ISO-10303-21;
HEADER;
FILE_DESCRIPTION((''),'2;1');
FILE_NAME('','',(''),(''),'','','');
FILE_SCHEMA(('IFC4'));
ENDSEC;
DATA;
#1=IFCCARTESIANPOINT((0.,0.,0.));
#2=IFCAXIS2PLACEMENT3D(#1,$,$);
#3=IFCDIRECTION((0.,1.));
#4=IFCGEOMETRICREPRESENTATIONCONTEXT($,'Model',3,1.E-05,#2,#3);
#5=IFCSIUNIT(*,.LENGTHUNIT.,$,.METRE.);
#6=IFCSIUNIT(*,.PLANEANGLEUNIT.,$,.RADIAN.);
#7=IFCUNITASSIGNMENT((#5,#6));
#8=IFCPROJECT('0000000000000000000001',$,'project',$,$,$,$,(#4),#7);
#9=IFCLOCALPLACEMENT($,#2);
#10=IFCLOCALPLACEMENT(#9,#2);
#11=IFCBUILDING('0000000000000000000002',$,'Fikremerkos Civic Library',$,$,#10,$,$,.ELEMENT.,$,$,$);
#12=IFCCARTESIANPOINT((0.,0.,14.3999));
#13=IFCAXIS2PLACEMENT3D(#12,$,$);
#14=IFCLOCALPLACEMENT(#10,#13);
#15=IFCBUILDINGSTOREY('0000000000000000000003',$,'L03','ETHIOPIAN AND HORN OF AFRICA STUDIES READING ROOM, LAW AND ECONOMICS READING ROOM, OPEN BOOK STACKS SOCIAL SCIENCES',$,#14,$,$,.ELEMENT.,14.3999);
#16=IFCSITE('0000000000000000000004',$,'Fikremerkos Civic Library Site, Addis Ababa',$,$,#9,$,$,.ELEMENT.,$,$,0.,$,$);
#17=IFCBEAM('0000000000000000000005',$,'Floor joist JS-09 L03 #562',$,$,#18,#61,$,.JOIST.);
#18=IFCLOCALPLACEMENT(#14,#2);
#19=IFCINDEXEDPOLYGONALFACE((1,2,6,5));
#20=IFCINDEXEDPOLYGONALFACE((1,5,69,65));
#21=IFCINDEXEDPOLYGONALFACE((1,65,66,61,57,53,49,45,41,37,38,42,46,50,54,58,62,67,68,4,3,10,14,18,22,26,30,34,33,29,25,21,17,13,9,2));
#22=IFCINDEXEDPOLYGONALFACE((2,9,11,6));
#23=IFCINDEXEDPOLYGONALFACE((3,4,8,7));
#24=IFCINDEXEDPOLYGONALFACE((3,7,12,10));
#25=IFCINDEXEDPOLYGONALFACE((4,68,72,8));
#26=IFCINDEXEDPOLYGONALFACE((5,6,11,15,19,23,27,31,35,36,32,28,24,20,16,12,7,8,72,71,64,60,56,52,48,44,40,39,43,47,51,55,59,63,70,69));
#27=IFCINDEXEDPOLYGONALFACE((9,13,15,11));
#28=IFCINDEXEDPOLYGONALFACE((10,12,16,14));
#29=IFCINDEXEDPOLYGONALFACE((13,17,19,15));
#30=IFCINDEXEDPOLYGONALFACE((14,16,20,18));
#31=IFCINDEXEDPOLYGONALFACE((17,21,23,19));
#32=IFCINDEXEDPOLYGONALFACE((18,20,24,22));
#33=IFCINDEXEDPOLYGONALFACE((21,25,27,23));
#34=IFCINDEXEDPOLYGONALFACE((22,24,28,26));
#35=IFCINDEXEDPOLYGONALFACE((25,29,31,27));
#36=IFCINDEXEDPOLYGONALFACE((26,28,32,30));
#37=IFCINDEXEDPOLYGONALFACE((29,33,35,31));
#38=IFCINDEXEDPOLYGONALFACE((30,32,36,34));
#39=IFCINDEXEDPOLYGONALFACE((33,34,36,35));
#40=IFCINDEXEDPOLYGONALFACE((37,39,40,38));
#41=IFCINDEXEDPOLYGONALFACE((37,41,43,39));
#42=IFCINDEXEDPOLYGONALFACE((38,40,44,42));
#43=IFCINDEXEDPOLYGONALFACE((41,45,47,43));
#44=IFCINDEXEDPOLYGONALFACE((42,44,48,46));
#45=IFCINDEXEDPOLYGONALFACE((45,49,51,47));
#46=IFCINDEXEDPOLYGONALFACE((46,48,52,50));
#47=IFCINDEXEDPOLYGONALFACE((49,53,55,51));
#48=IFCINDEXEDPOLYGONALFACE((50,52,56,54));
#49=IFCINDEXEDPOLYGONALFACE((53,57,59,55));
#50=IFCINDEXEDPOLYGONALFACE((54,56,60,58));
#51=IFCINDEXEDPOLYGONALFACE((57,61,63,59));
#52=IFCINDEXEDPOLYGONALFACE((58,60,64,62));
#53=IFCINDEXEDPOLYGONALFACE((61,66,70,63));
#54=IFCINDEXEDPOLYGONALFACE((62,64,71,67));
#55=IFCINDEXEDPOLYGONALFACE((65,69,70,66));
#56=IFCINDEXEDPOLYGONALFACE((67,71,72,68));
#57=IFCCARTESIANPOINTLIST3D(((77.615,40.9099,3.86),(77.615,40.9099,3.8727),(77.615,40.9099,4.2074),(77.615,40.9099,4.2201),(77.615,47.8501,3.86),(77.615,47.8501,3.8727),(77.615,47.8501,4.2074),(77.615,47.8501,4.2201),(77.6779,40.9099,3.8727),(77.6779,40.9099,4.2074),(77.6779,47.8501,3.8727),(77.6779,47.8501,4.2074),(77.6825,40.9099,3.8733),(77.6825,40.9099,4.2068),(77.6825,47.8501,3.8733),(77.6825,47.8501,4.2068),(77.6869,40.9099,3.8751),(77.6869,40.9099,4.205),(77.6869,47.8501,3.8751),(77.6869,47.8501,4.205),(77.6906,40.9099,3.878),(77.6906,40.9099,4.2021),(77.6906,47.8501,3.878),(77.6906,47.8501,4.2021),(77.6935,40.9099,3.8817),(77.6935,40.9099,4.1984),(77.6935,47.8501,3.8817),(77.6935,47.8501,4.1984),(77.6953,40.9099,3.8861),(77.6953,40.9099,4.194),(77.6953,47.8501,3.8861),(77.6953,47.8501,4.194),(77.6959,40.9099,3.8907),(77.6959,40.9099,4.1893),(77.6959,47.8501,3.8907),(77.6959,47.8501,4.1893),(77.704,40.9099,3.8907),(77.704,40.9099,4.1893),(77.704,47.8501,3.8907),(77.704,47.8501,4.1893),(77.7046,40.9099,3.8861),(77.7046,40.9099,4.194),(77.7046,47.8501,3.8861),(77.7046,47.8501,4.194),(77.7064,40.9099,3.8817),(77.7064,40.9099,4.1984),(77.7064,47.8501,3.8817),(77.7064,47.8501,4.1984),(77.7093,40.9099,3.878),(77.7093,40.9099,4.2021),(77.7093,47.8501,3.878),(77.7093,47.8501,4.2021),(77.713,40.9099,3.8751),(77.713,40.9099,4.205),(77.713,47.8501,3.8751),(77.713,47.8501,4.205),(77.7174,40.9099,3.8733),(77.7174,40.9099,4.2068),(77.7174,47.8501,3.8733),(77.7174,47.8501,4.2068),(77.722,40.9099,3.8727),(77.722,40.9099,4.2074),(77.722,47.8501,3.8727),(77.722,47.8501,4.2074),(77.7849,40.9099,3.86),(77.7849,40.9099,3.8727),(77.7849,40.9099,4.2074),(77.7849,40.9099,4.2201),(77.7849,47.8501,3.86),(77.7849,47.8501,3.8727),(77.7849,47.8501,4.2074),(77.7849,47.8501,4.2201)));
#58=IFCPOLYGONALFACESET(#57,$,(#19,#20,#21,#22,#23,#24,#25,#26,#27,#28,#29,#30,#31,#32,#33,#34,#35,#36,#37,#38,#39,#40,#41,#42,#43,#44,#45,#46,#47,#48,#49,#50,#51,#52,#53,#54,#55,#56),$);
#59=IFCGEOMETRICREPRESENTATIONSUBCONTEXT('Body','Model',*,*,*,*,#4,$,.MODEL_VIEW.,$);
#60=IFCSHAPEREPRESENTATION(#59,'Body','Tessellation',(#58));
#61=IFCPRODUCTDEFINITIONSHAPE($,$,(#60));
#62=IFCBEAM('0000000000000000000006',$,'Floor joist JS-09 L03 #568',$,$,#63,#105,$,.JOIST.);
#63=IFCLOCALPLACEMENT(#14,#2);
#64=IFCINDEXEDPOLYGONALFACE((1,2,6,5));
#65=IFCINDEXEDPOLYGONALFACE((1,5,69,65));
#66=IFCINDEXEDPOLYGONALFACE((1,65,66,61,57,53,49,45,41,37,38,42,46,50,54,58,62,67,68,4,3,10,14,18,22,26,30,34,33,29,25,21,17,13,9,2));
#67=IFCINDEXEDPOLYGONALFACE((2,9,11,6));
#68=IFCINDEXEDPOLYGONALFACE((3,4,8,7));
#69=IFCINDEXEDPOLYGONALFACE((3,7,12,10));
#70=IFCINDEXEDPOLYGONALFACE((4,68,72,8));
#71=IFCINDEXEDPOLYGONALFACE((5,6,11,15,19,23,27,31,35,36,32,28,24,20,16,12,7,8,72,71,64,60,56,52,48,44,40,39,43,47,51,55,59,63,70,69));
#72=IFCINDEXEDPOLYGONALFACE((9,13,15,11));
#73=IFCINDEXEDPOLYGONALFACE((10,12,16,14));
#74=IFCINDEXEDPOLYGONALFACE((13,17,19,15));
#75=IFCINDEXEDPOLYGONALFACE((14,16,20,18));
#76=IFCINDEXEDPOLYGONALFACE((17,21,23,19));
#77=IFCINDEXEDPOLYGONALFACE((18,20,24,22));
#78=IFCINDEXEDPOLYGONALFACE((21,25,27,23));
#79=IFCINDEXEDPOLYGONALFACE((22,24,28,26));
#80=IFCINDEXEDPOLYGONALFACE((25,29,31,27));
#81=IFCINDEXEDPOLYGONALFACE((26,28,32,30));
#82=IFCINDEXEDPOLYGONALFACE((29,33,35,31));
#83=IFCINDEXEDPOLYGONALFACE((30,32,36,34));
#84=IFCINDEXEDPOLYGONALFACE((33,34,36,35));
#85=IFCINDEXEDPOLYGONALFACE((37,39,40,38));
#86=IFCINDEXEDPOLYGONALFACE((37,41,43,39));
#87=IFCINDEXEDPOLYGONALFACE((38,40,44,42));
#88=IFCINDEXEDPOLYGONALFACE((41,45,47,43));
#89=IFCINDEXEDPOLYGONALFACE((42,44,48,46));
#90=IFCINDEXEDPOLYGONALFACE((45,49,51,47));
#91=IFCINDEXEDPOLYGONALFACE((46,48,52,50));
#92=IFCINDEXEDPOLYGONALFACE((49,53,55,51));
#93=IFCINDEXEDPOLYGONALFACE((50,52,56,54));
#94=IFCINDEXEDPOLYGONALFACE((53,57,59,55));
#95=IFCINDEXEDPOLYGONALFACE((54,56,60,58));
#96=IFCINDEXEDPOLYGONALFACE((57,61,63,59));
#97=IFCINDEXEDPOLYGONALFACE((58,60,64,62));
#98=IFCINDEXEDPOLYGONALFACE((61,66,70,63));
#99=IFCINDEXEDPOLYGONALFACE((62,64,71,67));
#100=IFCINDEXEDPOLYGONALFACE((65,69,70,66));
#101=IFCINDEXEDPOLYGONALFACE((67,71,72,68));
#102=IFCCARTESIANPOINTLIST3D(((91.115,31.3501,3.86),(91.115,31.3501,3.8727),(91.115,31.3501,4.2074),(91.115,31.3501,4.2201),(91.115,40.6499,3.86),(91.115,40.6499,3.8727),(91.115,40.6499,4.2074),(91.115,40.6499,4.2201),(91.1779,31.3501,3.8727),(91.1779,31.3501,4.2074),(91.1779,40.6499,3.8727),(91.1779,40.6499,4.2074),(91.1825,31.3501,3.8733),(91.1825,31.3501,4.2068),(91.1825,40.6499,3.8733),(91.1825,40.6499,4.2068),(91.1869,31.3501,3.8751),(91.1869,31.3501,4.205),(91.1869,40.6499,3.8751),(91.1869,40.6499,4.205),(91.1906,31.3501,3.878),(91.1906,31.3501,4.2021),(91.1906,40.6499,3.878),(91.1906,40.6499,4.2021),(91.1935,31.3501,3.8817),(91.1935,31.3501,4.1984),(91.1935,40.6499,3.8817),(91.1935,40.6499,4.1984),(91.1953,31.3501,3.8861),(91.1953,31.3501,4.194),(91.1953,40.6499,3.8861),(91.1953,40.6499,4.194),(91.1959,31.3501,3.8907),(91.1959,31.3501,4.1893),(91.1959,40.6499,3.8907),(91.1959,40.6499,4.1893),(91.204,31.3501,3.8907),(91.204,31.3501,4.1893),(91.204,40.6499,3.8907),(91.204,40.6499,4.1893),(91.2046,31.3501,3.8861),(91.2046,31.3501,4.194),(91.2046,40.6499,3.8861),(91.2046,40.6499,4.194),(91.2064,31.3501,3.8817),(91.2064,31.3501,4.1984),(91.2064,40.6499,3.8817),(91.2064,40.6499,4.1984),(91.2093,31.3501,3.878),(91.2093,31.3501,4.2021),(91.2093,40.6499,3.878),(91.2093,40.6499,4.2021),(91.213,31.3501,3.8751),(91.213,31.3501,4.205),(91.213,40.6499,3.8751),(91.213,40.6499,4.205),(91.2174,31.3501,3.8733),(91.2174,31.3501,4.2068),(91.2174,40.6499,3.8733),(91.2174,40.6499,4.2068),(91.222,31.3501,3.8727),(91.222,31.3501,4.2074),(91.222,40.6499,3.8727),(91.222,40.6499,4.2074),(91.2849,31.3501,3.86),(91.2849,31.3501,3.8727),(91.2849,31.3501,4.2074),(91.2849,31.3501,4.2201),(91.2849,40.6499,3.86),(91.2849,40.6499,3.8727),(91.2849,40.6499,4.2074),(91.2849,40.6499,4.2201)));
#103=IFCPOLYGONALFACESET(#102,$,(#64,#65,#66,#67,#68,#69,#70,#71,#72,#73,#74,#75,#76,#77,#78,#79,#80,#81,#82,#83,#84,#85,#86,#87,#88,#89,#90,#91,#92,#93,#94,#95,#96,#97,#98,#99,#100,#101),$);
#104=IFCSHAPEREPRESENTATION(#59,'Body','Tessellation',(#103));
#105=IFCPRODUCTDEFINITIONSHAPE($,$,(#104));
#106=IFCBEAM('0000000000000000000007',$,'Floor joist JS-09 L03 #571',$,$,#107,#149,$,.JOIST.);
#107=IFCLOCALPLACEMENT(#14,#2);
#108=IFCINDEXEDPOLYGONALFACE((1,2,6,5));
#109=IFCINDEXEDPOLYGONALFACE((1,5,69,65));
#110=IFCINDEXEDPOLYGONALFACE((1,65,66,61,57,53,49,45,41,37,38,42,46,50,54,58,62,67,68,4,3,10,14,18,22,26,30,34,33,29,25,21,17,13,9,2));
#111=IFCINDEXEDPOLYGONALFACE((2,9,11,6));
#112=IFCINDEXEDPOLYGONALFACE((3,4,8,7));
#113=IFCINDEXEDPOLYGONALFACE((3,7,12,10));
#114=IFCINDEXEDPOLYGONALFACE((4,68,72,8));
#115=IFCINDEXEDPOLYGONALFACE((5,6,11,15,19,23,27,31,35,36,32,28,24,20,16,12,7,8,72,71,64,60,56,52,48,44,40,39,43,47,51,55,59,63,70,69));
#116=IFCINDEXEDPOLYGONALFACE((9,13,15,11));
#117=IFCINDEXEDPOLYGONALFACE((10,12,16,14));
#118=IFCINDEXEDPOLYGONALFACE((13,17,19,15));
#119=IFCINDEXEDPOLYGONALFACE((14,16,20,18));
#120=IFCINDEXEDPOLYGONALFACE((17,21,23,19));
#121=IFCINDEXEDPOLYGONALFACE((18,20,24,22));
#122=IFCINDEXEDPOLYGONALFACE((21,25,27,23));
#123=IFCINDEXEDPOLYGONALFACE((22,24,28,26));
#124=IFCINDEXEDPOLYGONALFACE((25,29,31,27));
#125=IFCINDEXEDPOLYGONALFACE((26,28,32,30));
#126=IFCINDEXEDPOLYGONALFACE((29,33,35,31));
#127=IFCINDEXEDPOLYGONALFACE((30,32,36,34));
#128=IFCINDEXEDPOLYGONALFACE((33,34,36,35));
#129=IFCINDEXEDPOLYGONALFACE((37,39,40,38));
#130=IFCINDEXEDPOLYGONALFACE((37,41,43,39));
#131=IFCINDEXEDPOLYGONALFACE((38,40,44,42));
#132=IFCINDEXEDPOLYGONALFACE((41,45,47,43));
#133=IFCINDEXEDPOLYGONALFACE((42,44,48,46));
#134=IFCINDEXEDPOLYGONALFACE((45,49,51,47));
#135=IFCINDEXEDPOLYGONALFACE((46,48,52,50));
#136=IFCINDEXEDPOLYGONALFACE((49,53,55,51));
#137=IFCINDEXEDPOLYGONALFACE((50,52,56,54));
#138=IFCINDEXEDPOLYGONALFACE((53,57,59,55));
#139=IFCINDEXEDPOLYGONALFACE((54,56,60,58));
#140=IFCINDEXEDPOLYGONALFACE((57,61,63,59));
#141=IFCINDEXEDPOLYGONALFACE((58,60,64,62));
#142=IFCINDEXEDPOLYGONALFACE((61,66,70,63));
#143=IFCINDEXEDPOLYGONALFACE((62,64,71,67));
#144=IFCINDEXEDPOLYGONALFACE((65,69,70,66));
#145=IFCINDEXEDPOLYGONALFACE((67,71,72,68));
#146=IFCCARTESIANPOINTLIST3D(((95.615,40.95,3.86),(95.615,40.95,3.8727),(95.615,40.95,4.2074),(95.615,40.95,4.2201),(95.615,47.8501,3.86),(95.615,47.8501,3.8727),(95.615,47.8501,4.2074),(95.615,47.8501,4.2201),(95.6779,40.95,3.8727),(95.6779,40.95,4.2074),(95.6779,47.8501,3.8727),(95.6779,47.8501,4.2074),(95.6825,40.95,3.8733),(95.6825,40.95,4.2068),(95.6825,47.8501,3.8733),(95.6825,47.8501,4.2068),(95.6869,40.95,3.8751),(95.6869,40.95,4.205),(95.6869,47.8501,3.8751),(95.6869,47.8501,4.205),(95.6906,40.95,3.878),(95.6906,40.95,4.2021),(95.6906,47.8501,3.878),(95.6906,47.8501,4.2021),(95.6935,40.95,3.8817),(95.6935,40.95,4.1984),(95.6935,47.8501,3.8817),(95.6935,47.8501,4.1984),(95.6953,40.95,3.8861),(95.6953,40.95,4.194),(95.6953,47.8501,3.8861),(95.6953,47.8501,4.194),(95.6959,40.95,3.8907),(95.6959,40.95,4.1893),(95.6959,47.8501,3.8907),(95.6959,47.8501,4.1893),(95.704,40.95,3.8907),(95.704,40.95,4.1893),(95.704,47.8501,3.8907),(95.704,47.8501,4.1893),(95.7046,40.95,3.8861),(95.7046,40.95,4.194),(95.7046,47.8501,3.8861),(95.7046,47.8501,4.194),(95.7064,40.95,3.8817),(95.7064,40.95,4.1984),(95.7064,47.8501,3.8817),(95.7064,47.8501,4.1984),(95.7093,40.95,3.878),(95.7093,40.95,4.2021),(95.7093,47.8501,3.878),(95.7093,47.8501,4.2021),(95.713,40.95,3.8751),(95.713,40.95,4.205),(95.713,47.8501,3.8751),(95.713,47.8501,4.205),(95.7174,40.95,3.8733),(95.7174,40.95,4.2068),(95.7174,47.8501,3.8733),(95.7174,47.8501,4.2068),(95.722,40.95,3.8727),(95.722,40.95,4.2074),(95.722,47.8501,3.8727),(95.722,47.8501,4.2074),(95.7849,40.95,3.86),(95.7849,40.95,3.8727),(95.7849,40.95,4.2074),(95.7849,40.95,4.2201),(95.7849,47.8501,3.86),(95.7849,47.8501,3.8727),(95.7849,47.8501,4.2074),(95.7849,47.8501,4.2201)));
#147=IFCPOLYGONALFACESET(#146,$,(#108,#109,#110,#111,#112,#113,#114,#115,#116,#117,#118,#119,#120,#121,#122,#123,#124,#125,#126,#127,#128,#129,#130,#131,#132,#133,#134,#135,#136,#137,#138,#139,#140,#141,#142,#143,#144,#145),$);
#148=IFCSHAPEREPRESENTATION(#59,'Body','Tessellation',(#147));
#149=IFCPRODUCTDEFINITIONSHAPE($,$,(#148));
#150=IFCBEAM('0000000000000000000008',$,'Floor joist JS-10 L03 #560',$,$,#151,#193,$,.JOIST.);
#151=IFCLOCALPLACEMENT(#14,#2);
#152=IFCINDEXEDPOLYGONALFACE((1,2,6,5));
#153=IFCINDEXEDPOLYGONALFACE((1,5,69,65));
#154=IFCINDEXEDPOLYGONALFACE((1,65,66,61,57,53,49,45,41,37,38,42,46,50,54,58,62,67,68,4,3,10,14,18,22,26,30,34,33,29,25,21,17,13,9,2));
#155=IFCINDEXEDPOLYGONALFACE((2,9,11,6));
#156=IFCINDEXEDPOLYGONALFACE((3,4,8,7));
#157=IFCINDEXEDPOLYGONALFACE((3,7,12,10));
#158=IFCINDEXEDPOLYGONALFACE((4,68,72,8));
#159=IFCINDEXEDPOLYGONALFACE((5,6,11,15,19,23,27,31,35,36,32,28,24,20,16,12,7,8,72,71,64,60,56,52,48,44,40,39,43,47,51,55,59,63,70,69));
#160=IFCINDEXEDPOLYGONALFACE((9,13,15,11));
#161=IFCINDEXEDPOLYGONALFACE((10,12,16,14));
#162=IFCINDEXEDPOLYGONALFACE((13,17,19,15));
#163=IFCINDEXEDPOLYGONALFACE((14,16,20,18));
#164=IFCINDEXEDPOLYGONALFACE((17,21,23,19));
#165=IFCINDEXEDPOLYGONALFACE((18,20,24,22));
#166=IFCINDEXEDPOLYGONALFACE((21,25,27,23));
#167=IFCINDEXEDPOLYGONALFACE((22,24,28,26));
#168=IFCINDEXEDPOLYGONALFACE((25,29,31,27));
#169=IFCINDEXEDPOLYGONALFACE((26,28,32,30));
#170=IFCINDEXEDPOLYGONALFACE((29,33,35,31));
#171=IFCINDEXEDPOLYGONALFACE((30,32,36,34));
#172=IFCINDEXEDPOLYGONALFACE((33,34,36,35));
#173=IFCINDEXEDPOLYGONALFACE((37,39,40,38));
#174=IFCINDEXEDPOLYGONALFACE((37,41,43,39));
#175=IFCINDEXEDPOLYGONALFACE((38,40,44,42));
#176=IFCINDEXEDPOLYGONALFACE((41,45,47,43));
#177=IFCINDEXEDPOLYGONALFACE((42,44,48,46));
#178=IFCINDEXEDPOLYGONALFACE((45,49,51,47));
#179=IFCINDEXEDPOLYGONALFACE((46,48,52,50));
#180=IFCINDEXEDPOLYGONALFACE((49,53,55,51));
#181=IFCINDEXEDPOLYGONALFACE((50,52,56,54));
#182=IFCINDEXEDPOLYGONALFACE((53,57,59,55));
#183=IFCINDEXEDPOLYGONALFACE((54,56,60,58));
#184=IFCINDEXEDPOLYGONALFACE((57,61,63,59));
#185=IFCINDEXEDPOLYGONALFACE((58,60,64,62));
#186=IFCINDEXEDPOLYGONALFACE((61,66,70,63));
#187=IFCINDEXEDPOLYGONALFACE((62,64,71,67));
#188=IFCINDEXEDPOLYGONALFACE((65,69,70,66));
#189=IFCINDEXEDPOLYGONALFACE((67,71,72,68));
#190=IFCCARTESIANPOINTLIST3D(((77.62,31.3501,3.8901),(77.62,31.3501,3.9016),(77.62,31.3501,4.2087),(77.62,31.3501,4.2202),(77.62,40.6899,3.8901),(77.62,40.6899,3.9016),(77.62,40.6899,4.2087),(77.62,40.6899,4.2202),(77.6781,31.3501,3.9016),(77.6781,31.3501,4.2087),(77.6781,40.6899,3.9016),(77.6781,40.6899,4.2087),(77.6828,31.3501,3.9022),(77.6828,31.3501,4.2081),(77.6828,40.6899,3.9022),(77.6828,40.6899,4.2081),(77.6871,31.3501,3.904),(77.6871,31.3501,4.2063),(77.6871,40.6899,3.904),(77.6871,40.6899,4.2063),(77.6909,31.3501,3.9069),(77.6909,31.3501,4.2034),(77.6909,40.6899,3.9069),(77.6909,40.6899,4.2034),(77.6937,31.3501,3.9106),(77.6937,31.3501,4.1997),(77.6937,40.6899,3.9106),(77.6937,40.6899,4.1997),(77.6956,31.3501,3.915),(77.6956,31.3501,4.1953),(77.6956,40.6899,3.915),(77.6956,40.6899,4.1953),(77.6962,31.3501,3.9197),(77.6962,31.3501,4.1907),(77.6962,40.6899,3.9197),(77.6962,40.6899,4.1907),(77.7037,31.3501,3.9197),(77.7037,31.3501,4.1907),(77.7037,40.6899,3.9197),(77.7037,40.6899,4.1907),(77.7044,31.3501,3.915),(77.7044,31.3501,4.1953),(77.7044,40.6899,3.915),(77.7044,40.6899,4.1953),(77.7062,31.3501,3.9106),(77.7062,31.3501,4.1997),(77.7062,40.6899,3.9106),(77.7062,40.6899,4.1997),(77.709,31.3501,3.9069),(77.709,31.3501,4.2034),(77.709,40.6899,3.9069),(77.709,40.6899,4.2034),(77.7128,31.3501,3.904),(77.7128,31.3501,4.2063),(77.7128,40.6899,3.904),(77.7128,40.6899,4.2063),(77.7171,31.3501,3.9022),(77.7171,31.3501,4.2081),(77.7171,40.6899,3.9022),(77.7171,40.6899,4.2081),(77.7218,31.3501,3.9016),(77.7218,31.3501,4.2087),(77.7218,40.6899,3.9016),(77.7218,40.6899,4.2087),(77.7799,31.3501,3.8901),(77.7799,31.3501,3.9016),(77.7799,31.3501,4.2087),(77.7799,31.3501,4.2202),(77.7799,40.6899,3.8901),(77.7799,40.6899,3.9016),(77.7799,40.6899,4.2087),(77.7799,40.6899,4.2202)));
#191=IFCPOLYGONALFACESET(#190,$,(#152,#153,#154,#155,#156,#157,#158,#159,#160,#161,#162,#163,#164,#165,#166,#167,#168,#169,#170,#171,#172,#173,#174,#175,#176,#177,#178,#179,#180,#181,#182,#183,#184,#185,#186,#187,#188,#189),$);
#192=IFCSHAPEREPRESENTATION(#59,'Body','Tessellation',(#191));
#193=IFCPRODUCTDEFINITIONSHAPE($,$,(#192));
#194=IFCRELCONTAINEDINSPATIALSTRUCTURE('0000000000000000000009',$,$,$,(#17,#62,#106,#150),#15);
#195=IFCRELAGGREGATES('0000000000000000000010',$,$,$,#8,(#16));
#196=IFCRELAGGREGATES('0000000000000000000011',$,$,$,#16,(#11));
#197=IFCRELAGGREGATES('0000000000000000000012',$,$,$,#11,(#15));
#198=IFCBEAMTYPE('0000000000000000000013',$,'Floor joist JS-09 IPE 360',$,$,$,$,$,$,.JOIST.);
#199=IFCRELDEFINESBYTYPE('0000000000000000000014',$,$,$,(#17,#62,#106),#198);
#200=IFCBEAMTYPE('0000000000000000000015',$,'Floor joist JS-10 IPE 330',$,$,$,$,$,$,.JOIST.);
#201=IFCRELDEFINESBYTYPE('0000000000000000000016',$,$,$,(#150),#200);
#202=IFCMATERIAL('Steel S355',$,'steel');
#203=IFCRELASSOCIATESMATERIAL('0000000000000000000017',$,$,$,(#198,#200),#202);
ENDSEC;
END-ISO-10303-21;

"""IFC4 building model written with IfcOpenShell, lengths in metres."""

from ifc_helpers import new_model, si_unit, direction, frame, origin, origin_2d, place, context, subcontext, project, spatial, i_section, extrude, material, material_profile, profile_set, type_object, element, save


model = new_model("IFC4")

# Units and contexts
model_context = context("Model", 3, precision=1e-05, world=origin(), true_north=direction((0.0, 1.0)))
body_context = subcontext(model_context, "Body", "Model", "MODEL_VIEW")
ifc_project = project(units=[si_unit("LENGTHUNIT", "METRE"), si_unit("PLANEANGLEUNIT", "RADIAN")], contexts=[model_context])

# Site, building, storey
site_placement = place(None, origin())
site = spatial("IfcSite", under=ifc_project, at=site_placement, Name="Fikremerkos Civic Library Site, Addis Ababa", CompositionType="ELEMENT", RefElevation=0.0)
building_placement = place(site_placement, origin())
building = spatial("IfcBuilding", under=site, at=building_placement, Name="Fikremerkos Civic Library", CompositionType="ELEMENT")
storey_placement = place(building_placement, frame((0.0, 0.0, 14.3999)))
storey = spatial("IfcBuildingStorey", under=building, at=storey_placement, Name="L03", Description="ETHIOPIAN AND HORN OF AFRICA STUDIES READING ROOM, LAW AND ECONOMICS READING ROOM, OPEN BOOK STACKS SOCIAL SCIENCES", CompositionType="ELEMENT", Elevation=14.3999)

# Shared definitions
ifc_material_1 = material(Name="Steel S355", Category="steel")

# Beams
ifc_material_profile_1 = material_profile(ifc_material_1, i_section(OverallWidth=0.1699, OverallDepth=0.3601, WebThickness=0.0081, FlangeThickness=0.0127, FilletRadius=0.0181, at=origin_2d()), Name="IPE 360")
ifc_profile_set_1 = profile_set([ifc_material_profile_1], Name="Steel S355")
beam_type_1 = type_object("IfcBeamType", Name="Floor joist JS-09 IPE 360", PredefinedType="JOIST", material=ifc_profile_set_1)
beam_1_placement = place(storey_placement, frame((77.7, 40.9099, 4.04), z_axis=(0.0, 1.0, 0.0), x_axis=(-1.0, 0.0, 0.0)))
element("IfcBeam", 1, at=beam_1_placement, inside=storey, type_object=beam_type_1, Name="Floor joist JS-09 L03 #562", PredefinedType="JOIST", context=body_context, shape_type="SweptSolid", body=[
    extrude(i_section(OverallWidth=0.1699, OverallDepth=0.3601, WebThickness=0.0081, FlangeThickness=0.0127, FilletRadius=0.0181, at=origin_2d()), origin(), (0.0, 0.0, 1.0), 6.9402),
])
beam_2_placement = place(storey_placement, frame((91.2, 31.3501, 4.04), z_axis=(0.0, 1.0, 0.0), x_axis=(-1.0, 0.0, 0.0)))
element("IfcBeam", 2, at=beam_2_placement, inside=storey, type_object=beam_type_1, Name="Floor joist JS-09 L03 #568", PredefinedType="JOIST", context=body_context, shape_type="SweptSolid", body=[
    extrude(i_section(OverallWidth=0.1699, OverallDepth=0.3601, WebThickness=0.0081, FlangeThickness=0.0127, FilletRadius=0.0181, at=origin_2d()), origin(), (0.0, 0.0, 1.0), 9.2998),
])
beam_3_placement = place(storey_placement, frame((95.7, 40.95, 4.04), z_axis=(0.0, 1.0, 0.0), x_axis=(-1.0, 0.0, 0.0)))
element("IfcBeam", 3, at=beam_3_placement, inside=storey, type_object=beam_type_1, Name="Floor joist JS-09 L03 #571", PredefinedType="JOIST", context=body_context, shape_type="SweptSolid", body=[
    extrude(i_section(OverallWidth=0.1699, OverallDepth=0.3601, WebThickness=0.0081, FlangeThickness=0.0127, FilletRadius=0.0181, at=origin_2d()), origin(), (0.0, 0.0, 1.0), 6.9001),
])
ifc_material_profile_2 = material_profile(ifc_material_1, i_section(OverallWidth=0.1599, OverallDepth=0.3301, WebThickness=0.0076, FlangeThickness=0.0115, FilletRadius=0.0181, at=origin_2d()), Name="IPE 330")
ifc_profile_set_2 = profile_set([ifc_material_profile_2], Name="Steel S355")
beam_type_2 = type_object("IfcBeamType", Name="Floor joist JS-10 IPE 330", PredefinedType="JOIST", material=ifc_profile_set_2)
beam_4_placement = place(storey_placement, frame((77.7, 31.3501, 4.0552), z_axis=(0.0, 1.0, 0.0), x_axis=(-1.0, 0.0, 0.0)))
element("IfcBeam", 4, at=beam_4_placement, inside=storey, type_object=beam_type_2, Name="Floor joist JS-10 L03 #560", PredefinedType="JOIST", context=body_context, shape_type="SweptSolid", body=[
    extrude(i_section(OverallWidth=0.1599, OverallDepth=0.3301, WebThickness=0.0076, FlangeThickness=0.0115, FilletRadius=0.0181, at=origin_2d()), origin(), (0.0, 0.0, 1.0), 9.3398),
])

save(model, "model.ifc")
